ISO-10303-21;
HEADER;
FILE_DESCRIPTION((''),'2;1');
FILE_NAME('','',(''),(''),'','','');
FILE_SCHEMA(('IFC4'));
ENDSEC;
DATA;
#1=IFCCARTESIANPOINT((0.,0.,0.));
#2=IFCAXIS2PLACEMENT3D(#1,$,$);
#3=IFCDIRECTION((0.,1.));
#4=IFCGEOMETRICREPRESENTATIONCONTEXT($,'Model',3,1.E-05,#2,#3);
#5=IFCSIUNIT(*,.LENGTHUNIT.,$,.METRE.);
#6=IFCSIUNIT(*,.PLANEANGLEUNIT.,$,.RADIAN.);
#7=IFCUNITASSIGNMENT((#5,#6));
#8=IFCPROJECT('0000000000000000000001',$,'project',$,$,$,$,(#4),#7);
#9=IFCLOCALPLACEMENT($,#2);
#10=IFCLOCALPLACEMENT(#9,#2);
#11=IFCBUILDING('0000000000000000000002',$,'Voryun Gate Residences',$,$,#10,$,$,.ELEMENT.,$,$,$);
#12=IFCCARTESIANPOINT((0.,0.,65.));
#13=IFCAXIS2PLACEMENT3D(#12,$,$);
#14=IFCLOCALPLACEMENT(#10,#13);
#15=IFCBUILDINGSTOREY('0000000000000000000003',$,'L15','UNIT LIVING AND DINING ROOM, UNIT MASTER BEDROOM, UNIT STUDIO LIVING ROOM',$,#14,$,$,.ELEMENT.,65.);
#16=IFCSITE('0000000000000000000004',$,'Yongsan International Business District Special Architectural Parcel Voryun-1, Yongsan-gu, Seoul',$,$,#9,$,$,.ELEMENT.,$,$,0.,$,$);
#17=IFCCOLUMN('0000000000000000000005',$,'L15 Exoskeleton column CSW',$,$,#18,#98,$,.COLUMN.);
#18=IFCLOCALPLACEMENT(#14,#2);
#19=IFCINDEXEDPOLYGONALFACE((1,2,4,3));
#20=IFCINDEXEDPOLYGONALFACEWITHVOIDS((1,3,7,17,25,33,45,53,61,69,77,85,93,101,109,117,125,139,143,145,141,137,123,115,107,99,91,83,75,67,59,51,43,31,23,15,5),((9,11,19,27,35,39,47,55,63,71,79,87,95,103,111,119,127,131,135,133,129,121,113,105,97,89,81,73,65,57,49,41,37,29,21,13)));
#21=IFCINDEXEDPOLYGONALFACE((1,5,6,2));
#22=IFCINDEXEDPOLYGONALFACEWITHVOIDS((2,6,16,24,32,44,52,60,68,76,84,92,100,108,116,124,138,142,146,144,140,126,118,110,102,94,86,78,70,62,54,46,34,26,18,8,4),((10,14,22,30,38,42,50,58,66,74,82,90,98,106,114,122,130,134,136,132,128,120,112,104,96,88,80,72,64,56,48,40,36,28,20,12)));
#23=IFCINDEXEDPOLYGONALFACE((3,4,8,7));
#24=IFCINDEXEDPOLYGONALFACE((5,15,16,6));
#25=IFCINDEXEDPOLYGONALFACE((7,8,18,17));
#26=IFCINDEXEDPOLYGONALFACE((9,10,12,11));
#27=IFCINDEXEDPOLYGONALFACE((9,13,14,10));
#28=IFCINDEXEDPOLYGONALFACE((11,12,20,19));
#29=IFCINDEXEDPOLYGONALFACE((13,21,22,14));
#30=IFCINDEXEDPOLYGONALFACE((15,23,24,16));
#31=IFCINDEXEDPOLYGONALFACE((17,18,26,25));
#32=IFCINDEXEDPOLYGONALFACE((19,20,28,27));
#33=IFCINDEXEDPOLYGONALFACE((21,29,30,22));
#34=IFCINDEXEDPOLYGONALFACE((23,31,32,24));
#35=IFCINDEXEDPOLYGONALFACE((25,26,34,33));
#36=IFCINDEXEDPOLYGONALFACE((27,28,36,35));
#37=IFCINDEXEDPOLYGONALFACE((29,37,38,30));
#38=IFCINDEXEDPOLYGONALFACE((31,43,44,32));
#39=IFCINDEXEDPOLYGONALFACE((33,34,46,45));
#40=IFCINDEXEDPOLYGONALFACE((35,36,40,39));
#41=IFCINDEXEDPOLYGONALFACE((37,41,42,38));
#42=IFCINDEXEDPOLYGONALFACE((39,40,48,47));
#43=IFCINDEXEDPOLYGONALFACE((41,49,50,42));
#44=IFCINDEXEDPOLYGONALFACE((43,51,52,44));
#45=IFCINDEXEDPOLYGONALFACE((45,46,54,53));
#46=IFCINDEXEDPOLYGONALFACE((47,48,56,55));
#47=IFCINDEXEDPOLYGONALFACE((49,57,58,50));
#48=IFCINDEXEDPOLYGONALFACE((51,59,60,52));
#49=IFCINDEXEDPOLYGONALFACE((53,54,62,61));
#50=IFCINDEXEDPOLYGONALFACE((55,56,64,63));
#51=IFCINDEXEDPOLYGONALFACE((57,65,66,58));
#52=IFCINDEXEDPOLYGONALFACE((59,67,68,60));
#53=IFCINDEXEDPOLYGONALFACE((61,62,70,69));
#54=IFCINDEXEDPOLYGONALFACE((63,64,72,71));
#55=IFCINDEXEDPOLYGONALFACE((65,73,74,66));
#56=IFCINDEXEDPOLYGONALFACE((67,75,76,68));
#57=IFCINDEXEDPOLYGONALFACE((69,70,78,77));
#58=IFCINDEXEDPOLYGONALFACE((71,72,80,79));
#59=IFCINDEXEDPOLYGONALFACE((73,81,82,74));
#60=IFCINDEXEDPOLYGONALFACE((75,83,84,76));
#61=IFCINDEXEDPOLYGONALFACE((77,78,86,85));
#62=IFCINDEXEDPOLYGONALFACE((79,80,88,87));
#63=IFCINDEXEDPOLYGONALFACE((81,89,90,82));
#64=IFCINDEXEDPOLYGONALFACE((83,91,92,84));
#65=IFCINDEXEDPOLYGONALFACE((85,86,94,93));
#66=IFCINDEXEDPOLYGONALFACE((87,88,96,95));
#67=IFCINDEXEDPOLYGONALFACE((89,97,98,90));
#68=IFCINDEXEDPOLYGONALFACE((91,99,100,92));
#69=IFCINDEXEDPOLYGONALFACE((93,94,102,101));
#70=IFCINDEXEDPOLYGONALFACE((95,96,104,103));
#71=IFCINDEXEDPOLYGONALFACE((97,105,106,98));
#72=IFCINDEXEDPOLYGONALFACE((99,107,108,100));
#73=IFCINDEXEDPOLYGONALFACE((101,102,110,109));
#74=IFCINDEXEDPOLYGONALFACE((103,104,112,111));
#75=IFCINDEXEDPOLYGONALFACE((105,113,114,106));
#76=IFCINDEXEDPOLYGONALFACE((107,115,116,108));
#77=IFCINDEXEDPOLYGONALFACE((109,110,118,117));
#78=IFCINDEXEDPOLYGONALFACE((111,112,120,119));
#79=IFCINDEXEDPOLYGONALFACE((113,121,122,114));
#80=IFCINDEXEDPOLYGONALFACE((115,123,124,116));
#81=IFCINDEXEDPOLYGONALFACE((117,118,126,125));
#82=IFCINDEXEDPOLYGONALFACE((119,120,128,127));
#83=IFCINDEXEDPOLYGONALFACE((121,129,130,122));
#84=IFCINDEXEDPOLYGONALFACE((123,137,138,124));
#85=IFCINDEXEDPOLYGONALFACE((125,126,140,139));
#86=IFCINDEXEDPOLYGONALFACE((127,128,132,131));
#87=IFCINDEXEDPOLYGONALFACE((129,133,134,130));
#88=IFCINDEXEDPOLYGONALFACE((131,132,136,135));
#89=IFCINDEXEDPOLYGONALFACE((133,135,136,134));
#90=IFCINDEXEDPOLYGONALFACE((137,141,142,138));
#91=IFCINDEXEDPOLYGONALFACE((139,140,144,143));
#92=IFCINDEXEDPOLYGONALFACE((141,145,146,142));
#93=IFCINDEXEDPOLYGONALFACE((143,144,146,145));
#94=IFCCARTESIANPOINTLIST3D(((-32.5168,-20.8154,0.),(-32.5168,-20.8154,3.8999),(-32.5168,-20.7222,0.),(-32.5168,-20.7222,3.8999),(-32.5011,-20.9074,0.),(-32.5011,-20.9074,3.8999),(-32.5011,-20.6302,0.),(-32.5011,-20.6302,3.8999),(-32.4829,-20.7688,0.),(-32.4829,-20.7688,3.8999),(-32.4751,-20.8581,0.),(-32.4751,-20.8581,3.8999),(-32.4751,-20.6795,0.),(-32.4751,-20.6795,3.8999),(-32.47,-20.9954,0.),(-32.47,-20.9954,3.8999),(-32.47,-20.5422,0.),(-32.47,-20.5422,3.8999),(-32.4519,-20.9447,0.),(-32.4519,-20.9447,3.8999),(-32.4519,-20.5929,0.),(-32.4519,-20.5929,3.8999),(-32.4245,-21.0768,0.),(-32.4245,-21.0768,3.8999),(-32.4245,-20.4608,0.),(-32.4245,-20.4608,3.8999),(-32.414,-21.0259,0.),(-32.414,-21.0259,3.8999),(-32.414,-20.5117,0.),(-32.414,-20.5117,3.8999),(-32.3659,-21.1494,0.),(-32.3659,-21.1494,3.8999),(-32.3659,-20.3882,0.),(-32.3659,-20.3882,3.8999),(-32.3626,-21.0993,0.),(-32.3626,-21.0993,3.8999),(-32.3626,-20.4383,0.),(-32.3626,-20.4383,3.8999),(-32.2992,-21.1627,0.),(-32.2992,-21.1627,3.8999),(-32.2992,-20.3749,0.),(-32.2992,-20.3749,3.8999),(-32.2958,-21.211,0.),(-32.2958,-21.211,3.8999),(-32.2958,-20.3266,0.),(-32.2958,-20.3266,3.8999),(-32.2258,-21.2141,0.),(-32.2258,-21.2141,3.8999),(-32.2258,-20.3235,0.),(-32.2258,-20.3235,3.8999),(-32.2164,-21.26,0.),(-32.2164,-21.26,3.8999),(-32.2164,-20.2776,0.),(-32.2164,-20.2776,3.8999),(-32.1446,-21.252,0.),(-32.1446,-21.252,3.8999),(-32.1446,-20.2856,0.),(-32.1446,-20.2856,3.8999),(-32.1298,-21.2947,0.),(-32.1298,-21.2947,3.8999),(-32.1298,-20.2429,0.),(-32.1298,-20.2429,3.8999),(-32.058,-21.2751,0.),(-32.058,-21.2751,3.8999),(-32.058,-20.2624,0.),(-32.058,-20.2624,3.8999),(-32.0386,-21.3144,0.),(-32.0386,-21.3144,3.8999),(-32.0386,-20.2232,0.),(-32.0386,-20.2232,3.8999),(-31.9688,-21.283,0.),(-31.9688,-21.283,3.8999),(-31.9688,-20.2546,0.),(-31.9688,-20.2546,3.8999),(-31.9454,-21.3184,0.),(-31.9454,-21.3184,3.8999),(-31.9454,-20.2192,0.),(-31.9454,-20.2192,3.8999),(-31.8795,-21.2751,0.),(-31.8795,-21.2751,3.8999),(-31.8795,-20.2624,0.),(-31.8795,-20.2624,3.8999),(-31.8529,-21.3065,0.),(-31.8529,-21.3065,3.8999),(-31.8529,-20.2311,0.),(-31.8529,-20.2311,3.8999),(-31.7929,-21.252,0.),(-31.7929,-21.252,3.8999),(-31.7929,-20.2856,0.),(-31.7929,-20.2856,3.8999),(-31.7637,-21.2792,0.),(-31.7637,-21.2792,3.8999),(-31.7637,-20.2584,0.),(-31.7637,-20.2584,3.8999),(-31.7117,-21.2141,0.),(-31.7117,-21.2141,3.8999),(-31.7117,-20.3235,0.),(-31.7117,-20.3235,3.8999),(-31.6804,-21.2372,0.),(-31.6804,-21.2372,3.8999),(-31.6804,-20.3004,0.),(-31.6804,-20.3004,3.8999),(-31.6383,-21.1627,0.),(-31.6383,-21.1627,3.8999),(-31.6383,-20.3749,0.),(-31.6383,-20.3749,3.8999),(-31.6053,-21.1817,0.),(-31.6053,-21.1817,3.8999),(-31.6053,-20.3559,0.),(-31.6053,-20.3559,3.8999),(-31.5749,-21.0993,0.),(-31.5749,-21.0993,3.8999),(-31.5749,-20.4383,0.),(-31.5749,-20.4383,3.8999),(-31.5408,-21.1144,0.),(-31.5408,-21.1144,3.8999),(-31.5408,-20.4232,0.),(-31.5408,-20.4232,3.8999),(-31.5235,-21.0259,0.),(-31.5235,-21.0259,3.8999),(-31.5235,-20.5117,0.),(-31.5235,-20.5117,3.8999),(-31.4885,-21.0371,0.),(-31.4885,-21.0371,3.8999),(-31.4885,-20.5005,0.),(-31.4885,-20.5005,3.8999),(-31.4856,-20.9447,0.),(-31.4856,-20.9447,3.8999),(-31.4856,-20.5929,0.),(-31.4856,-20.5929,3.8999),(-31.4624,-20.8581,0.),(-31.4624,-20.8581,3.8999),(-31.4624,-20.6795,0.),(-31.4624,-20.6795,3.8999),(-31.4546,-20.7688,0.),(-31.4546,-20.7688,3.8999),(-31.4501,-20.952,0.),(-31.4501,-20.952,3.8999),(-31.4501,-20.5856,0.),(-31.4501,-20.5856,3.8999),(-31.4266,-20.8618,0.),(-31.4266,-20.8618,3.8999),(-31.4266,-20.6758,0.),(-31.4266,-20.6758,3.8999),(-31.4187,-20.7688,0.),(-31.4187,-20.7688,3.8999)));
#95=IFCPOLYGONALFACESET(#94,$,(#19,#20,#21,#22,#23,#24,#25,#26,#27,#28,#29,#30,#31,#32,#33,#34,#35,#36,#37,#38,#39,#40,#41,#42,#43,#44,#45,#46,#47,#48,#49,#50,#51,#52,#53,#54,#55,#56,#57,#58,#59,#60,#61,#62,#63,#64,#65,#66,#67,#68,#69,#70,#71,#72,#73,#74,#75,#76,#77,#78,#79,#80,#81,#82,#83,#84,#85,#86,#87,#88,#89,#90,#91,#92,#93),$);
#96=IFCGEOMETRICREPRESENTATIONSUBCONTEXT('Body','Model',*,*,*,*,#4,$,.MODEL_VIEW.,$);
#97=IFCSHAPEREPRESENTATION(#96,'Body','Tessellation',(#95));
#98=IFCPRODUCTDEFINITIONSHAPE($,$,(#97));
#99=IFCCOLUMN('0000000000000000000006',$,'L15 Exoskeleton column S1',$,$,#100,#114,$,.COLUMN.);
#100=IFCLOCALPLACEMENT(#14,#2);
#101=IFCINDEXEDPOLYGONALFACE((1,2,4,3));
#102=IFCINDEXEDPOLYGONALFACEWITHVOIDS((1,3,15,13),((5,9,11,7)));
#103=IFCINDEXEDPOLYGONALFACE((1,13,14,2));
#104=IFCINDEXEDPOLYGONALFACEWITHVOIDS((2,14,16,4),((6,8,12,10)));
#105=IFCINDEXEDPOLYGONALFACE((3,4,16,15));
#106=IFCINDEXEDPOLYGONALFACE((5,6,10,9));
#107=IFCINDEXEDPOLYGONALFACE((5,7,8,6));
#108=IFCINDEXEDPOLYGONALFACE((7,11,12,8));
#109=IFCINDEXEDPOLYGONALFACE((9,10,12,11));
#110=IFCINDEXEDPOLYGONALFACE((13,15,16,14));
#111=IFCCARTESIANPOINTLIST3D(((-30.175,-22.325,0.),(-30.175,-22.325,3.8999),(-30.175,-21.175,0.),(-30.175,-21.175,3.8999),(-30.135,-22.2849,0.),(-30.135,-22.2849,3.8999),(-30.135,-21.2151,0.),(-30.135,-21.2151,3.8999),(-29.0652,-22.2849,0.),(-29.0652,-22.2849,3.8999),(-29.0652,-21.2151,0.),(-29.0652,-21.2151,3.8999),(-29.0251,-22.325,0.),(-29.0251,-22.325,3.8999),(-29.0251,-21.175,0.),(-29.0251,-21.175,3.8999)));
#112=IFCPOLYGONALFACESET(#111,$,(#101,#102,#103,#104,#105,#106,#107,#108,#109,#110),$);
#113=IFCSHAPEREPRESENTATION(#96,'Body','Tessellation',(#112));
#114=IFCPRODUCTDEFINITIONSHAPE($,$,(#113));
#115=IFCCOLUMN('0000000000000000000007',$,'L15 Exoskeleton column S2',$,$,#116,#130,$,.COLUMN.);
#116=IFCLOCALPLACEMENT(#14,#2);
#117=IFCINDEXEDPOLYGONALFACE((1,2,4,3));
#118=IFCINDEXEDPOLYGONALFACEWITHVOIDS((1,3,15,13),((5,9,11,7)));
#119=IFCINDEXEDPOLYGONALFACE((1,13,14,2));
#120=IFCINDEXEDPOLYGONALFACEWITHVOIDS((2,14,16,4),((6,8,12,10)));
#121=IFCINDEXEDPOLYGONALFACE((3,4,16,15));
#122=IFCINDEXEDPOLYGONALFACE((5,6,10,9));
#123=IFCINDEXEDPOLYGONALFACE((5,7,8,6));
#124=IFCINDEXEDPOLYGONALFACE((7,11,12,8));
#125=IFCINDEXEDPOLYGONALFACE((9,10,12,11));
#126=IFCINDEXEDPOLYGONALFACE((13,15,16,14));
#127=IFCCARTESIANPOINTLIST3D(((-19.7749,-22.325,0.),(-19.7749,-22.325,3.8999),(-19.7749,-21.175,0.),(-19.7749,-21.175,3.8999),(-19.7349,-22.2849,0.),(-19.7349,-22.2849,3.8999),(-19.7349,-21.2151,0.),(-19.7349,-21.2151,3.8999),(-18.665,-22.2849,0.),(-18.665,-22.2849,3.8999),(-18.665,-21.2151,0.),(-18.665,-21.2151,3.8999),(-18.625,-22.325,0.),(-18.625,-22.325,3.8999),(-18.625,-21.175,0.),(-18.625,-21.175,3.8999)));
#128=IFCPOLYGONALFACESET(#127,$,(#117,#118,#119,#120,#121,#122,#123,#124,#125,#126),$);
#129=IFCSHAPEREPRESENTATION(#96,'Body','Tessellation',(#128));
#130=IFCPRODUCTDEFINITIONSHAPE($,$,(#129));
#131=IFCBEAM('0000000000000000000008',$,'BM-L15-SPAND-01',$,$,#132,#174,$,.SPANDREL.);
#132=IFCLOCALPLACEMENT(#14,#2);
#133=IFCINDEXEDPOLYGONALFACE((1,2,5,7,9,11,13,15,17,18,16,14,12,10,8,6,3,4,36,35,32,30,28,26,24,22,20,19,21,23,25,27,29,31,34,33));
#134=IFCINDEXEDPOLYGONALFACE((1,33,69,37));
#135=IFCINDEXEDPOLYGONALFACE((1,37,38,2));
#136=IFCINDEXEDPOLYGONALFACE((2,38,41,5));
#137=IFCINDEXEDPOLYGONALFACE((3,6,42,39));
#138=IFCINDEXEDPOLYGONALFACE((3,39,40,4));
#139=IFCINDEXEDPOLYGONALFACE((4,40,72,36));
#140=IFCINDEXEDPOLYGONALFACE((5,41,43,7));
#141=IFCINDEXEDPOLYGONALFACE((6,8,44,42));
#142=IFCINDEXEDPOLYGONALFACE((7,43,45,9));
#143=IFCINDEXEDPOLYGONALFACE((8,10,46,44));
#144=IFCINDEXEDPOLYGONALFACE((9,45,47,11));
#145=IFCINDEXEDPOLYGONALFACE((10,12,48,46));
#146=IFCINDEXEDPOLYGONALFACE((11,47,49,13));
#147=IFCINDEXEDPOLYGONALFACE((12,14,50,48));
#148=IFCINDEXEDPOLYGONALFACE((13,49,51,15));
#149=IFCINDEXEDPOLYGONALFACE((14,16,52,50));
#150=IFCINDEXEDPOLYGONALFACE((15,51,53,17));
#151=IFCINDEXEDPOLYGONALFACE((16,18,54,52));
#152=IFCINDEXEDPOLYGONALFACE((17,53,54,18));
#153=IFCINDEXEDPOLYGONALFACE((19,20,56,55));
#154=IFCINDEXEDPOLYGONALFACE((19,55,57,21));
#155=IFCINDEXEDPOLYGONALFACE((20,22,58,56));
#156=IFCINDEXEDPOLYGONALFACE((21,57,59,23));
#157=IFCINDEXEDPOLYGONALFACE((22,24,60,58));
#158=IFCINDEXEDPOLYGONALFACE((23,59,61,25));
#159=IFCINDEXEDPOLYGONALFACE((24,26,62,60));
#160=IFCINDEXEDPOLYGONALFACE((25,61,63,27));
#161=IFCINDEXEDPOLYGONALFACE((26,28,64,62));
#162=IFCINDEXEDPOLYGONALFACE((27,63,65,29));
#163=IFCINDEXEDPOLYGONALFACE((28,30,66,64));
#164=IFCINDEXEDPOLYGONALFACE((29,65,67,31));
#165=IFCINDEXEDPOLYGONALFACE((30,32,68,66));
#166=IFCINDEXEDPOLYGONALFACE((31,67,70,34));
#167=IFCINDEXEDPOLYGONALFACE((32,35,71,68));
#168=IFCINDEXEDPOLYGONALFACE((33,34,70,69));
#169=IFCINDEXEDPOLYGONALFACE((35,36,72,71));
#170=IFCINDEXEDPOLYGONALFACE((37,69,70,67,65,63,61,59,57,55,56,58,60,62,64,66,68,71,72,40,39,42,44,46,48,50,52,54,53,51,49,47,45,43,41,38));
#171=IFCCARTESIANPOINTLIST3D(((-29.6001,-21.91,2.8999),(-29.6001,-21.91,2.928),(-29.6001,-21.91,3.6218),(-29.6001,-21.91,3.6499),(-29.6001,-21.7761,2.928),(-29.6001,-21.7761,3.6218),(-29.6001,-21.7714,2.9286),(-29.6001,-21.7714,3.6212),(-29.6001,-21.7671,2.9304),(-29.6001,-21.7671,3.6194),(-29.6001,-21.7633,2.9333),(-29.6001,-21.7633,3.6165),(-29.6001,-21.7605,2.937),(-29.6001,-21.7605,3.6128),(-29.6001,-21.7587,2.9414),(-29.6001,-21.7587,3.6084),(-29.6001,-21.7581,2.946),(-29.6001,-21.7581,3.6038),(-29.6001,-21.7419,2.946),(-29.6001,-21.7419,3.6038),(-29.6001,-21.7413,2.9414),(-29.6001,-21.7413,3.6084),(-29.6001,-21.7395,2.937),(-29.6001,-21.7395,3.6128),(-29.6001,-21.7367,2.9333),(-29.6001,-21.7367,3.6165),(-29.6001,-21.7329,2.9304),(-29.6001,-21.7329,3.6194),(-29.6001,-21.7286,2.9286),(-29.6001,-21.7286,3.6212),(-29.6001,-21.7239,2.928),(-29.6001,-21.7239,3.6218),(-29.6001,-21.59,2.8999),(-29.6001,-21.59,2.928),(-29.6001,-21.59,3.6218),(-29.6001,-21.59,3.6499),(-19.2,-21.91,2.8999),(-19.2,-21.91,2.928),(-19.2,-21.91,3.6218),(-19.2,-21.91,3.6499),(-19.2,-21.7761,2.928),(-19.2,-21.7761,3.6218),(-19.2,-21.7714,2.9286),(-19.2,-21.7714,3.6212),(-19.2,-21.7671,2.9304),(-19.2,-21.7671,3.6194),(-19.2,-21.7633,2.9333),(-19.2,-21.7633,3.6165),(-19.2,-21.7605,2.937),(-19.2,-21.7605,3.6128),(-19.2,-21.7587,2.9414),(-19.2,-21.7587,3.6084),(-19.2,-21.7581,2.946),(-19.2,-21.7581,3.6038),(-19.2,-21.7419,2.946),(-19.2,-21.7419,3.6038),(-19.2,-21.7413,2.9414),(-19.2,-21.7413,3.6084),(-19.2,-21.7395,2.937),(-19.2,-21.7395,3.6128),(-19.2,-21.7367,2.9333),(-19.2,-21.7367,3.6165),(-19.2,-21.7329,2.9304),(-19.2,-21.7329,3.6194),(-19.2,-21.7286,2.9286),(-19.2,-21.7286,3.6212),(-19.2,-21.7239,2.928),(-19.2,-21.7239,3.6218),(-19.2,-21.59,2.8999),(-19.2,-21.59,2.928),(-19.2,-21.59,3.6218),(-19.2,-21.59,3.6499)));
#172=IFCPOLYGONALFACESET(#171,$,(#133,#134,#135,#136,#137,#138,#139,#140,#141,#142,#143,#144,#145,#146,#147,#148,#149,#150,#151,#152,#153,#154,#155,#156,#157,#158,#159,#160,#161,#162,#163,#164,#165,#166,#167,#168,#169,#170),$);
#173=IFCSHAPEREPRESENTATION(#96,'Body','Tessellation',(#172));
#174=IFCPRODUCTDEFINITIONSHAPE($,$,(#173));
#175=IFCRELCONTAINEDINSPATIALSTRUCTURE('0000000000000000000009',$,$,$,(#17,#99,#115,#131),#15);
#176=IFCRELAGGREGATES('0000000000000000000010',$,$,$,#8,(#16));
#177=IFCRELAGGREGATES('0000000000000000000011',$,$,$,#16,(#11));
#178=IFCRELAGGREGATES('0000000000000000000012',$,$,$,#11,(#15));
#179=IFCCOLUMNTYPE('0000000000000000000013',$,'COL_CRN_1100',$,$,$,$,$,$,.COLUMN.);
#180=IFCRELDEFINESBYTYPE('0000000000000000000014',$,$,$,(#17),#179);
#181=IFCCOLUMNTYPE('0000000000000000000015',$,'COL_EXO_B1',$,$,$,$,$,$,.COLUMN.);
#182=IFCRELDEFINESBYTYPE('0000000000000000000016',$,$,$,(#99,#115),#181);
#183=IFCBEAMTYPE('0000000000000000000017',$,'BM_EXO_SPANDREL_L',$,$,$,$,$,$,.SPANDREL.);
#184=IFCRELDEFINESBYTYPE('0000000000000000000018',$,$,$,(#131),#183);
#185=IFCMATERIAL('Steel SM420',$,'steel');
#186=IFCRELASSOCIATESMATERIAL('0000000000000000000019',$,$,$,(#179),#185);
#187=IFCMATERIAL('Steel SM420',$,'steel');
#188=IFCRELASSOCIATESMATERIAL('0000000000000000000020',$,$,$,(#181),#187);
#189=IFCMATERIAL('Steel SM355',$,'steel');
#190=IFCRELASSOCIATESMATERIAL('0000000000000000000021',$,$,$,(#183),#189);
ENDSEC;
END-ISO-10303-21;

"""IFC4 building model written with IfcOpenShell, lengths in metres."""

from ifc_helpers import new_model, si_unit, direction, frame, origin, origin_2d, place, context, subcontext, project, spatial, hollow_rectangle, hollow_circle, i_section, extrude, material, material_profile, profile_set, type_object, element, save


model = new_model("IFC4")

# Units and contexts
model_context = context("Model", 3, precision=1e-05, world=origin(), true_north=direction((0.0, 1.0)))
body_context = subcontext(model_context, "Body", "Model", "MODEL_VIEW")
ifc_project = project(units=[si_unit("LENGTHUNIT", "METRE"), si_unit("PLANEANGLEUNIT", "RADIAN")], contexts=[model_context])

# Site, building, storey
site_placement = place(None, origin())
site = spatial("IfcSite", under=ifc_project, at=site_placement, Name="Yongsan International Business District Special Architectural Parcel Voryun-1, Yongsan-gu, Seoul", CompositionType="ELEMENT", RefElevation=0.0)
building_placement = place(site_placement, origin())
building = spatial("IfcBuilding", under=site, at=building_placement, Name="Voryun Gate Residences", CompositionType="ELEMENT")
storey_placement = place(building_placement, frame((0.0, 0.0, 65.0)))
storey = spatial("IfcBuildingStorey", under=building, at=storey_placement, Name="L15", Description="UNIT LIVING AND DINING ROOM, UNIT MASTER BEDROOM, UNIT STUDIO LIVING ROOM", CompositionType="ELEMENT", Elevation=65.0)

# Columns
ifc_material_1 = material(Name="Steel SM420", Category="steel")
ifc_material_profile_1 = material_profile(ifc_material_1, hollow_circle(Radius=0.55, WallThickness=0.0359, at=origin_2d()), Name="CHS-1100x36")
ifc_profile_set_1 = profile_set([ifc_material_profile_1], Name="Steel SM420")
column_type_1 = type_object("IfcColumnType", Name="COL_CRN_1100", PredefinedType="COLUMN", material=ifc_profile_set_1)
column_placement = place(storey_placement, frame((-31.9688, -20.7688, 0.0), z_axis=(0.0, 0.0, 1.0), x_axis=(1.0, 0.0, 0.0)))
element("IfcColumn", 1, at=column_placement, inside=storey, type_object=column_type_1, Name="L15 Exoskeleton column CSW", PredefinedType="COLUMN", context=body_context, shape_type="SweptSolid", body=[
    extrude(hollow_circle(Radius=0.55, WallThickness=0.0359, at=origin_2d()), origin(), (0.0, 0.0, 1.0), 3.8999),
])
ifc_material_2 = material(Name="Steel SM420", Category="steel")
ifc_material_profile_2 = material_profile(ifc_material_2, hollow_rectangle(XDim=1.1499, YDim=1.1499, WallThickness=0.04, at=origin_2d()), Name="BOX-1150x1150x40")
ifc_profile_set_2 = profile_set([ifc_material_profile_2], Name="Steel SM420")
column_type_2 = type_object("IfcColumnType", Name="COL_EXO_B1", PredefinedType="COLUMN", material=ifc_profile_set_2)
for number, where, z_axis, x_axis, name in (
    (2, (-29.6001, -21.75, 0.0), (0.0, 0.0, 1.0), (1.0, 0.0, 0.0), "L15 Exoskeleton column S1"),
    (3, (-19.2, -21.75, 0.0), (0.0, 0.0, 1.0), (1.0, 0.0, 0.0), "L15 Exoskeleton column S2"),
):
    element("IfcColumn", number, at=place(storey_placement, frame(where, z_axis=z_axis, x_axis=x_axis)), inside=storey, type_object=column_type_2, Name=name, PredefinedType="COLUMN", context=body_context, shape_type="SweptSolid", body=[
        extrude(hollow_rectangle(XDim=1.1499, YDim=1.1499, WallThickness=0.04, at=origin_2d()), origin(), (0.0, 0.0, 1.0), 3.8999),
    ])

# Beam
ifc_material_3 = material(Name="Steel SM355", Category="steel")
ifc_material_profile_3 = material_profile(ifc_material_3, i_section(OverallWidth=0.3201, OverallDepth=0.75, WebThickness=0.0161, FlangeThickness=0.0281, FilletRadius=0.0181, at=origin_2d()), Name="H-750x320x16x28")
ifc_profile_set_3 = profile_set([ifc_material_profile_3], Name="Steel SM355")
beam_type = type_object("IfcBeamType", Name="BM_EXO_SPANDREL_L", PredefinedType="SPANDREL", material=ifc_profile_set_3)
beam_1_placement = place(storey_placement, frame((-29.6001, -21.75, 3.2749), z_axis=(1.0, 0.0, 0.0), x_axis=(0.0, 1.0, 0.0)))
element("IfcBeam", 4, at=beam_1_placement, inside=storey, type_object=beam_type, Name="BM-L15-SPAND-01", PredefinedType="SPANDREL", context=body_context, shape_type="SweptSolid", body=[
    extrude(i_section(OverallWidth=0.3201, OverallDepth=0.75, WebThickness=0.0161, FlangeThickness=0.0281, FilletRadius=0.0181, at=origin_2d()), origin(), (0.0, 0.0, 1.0), 10.4001),
])

save(model, "model.ifc")
